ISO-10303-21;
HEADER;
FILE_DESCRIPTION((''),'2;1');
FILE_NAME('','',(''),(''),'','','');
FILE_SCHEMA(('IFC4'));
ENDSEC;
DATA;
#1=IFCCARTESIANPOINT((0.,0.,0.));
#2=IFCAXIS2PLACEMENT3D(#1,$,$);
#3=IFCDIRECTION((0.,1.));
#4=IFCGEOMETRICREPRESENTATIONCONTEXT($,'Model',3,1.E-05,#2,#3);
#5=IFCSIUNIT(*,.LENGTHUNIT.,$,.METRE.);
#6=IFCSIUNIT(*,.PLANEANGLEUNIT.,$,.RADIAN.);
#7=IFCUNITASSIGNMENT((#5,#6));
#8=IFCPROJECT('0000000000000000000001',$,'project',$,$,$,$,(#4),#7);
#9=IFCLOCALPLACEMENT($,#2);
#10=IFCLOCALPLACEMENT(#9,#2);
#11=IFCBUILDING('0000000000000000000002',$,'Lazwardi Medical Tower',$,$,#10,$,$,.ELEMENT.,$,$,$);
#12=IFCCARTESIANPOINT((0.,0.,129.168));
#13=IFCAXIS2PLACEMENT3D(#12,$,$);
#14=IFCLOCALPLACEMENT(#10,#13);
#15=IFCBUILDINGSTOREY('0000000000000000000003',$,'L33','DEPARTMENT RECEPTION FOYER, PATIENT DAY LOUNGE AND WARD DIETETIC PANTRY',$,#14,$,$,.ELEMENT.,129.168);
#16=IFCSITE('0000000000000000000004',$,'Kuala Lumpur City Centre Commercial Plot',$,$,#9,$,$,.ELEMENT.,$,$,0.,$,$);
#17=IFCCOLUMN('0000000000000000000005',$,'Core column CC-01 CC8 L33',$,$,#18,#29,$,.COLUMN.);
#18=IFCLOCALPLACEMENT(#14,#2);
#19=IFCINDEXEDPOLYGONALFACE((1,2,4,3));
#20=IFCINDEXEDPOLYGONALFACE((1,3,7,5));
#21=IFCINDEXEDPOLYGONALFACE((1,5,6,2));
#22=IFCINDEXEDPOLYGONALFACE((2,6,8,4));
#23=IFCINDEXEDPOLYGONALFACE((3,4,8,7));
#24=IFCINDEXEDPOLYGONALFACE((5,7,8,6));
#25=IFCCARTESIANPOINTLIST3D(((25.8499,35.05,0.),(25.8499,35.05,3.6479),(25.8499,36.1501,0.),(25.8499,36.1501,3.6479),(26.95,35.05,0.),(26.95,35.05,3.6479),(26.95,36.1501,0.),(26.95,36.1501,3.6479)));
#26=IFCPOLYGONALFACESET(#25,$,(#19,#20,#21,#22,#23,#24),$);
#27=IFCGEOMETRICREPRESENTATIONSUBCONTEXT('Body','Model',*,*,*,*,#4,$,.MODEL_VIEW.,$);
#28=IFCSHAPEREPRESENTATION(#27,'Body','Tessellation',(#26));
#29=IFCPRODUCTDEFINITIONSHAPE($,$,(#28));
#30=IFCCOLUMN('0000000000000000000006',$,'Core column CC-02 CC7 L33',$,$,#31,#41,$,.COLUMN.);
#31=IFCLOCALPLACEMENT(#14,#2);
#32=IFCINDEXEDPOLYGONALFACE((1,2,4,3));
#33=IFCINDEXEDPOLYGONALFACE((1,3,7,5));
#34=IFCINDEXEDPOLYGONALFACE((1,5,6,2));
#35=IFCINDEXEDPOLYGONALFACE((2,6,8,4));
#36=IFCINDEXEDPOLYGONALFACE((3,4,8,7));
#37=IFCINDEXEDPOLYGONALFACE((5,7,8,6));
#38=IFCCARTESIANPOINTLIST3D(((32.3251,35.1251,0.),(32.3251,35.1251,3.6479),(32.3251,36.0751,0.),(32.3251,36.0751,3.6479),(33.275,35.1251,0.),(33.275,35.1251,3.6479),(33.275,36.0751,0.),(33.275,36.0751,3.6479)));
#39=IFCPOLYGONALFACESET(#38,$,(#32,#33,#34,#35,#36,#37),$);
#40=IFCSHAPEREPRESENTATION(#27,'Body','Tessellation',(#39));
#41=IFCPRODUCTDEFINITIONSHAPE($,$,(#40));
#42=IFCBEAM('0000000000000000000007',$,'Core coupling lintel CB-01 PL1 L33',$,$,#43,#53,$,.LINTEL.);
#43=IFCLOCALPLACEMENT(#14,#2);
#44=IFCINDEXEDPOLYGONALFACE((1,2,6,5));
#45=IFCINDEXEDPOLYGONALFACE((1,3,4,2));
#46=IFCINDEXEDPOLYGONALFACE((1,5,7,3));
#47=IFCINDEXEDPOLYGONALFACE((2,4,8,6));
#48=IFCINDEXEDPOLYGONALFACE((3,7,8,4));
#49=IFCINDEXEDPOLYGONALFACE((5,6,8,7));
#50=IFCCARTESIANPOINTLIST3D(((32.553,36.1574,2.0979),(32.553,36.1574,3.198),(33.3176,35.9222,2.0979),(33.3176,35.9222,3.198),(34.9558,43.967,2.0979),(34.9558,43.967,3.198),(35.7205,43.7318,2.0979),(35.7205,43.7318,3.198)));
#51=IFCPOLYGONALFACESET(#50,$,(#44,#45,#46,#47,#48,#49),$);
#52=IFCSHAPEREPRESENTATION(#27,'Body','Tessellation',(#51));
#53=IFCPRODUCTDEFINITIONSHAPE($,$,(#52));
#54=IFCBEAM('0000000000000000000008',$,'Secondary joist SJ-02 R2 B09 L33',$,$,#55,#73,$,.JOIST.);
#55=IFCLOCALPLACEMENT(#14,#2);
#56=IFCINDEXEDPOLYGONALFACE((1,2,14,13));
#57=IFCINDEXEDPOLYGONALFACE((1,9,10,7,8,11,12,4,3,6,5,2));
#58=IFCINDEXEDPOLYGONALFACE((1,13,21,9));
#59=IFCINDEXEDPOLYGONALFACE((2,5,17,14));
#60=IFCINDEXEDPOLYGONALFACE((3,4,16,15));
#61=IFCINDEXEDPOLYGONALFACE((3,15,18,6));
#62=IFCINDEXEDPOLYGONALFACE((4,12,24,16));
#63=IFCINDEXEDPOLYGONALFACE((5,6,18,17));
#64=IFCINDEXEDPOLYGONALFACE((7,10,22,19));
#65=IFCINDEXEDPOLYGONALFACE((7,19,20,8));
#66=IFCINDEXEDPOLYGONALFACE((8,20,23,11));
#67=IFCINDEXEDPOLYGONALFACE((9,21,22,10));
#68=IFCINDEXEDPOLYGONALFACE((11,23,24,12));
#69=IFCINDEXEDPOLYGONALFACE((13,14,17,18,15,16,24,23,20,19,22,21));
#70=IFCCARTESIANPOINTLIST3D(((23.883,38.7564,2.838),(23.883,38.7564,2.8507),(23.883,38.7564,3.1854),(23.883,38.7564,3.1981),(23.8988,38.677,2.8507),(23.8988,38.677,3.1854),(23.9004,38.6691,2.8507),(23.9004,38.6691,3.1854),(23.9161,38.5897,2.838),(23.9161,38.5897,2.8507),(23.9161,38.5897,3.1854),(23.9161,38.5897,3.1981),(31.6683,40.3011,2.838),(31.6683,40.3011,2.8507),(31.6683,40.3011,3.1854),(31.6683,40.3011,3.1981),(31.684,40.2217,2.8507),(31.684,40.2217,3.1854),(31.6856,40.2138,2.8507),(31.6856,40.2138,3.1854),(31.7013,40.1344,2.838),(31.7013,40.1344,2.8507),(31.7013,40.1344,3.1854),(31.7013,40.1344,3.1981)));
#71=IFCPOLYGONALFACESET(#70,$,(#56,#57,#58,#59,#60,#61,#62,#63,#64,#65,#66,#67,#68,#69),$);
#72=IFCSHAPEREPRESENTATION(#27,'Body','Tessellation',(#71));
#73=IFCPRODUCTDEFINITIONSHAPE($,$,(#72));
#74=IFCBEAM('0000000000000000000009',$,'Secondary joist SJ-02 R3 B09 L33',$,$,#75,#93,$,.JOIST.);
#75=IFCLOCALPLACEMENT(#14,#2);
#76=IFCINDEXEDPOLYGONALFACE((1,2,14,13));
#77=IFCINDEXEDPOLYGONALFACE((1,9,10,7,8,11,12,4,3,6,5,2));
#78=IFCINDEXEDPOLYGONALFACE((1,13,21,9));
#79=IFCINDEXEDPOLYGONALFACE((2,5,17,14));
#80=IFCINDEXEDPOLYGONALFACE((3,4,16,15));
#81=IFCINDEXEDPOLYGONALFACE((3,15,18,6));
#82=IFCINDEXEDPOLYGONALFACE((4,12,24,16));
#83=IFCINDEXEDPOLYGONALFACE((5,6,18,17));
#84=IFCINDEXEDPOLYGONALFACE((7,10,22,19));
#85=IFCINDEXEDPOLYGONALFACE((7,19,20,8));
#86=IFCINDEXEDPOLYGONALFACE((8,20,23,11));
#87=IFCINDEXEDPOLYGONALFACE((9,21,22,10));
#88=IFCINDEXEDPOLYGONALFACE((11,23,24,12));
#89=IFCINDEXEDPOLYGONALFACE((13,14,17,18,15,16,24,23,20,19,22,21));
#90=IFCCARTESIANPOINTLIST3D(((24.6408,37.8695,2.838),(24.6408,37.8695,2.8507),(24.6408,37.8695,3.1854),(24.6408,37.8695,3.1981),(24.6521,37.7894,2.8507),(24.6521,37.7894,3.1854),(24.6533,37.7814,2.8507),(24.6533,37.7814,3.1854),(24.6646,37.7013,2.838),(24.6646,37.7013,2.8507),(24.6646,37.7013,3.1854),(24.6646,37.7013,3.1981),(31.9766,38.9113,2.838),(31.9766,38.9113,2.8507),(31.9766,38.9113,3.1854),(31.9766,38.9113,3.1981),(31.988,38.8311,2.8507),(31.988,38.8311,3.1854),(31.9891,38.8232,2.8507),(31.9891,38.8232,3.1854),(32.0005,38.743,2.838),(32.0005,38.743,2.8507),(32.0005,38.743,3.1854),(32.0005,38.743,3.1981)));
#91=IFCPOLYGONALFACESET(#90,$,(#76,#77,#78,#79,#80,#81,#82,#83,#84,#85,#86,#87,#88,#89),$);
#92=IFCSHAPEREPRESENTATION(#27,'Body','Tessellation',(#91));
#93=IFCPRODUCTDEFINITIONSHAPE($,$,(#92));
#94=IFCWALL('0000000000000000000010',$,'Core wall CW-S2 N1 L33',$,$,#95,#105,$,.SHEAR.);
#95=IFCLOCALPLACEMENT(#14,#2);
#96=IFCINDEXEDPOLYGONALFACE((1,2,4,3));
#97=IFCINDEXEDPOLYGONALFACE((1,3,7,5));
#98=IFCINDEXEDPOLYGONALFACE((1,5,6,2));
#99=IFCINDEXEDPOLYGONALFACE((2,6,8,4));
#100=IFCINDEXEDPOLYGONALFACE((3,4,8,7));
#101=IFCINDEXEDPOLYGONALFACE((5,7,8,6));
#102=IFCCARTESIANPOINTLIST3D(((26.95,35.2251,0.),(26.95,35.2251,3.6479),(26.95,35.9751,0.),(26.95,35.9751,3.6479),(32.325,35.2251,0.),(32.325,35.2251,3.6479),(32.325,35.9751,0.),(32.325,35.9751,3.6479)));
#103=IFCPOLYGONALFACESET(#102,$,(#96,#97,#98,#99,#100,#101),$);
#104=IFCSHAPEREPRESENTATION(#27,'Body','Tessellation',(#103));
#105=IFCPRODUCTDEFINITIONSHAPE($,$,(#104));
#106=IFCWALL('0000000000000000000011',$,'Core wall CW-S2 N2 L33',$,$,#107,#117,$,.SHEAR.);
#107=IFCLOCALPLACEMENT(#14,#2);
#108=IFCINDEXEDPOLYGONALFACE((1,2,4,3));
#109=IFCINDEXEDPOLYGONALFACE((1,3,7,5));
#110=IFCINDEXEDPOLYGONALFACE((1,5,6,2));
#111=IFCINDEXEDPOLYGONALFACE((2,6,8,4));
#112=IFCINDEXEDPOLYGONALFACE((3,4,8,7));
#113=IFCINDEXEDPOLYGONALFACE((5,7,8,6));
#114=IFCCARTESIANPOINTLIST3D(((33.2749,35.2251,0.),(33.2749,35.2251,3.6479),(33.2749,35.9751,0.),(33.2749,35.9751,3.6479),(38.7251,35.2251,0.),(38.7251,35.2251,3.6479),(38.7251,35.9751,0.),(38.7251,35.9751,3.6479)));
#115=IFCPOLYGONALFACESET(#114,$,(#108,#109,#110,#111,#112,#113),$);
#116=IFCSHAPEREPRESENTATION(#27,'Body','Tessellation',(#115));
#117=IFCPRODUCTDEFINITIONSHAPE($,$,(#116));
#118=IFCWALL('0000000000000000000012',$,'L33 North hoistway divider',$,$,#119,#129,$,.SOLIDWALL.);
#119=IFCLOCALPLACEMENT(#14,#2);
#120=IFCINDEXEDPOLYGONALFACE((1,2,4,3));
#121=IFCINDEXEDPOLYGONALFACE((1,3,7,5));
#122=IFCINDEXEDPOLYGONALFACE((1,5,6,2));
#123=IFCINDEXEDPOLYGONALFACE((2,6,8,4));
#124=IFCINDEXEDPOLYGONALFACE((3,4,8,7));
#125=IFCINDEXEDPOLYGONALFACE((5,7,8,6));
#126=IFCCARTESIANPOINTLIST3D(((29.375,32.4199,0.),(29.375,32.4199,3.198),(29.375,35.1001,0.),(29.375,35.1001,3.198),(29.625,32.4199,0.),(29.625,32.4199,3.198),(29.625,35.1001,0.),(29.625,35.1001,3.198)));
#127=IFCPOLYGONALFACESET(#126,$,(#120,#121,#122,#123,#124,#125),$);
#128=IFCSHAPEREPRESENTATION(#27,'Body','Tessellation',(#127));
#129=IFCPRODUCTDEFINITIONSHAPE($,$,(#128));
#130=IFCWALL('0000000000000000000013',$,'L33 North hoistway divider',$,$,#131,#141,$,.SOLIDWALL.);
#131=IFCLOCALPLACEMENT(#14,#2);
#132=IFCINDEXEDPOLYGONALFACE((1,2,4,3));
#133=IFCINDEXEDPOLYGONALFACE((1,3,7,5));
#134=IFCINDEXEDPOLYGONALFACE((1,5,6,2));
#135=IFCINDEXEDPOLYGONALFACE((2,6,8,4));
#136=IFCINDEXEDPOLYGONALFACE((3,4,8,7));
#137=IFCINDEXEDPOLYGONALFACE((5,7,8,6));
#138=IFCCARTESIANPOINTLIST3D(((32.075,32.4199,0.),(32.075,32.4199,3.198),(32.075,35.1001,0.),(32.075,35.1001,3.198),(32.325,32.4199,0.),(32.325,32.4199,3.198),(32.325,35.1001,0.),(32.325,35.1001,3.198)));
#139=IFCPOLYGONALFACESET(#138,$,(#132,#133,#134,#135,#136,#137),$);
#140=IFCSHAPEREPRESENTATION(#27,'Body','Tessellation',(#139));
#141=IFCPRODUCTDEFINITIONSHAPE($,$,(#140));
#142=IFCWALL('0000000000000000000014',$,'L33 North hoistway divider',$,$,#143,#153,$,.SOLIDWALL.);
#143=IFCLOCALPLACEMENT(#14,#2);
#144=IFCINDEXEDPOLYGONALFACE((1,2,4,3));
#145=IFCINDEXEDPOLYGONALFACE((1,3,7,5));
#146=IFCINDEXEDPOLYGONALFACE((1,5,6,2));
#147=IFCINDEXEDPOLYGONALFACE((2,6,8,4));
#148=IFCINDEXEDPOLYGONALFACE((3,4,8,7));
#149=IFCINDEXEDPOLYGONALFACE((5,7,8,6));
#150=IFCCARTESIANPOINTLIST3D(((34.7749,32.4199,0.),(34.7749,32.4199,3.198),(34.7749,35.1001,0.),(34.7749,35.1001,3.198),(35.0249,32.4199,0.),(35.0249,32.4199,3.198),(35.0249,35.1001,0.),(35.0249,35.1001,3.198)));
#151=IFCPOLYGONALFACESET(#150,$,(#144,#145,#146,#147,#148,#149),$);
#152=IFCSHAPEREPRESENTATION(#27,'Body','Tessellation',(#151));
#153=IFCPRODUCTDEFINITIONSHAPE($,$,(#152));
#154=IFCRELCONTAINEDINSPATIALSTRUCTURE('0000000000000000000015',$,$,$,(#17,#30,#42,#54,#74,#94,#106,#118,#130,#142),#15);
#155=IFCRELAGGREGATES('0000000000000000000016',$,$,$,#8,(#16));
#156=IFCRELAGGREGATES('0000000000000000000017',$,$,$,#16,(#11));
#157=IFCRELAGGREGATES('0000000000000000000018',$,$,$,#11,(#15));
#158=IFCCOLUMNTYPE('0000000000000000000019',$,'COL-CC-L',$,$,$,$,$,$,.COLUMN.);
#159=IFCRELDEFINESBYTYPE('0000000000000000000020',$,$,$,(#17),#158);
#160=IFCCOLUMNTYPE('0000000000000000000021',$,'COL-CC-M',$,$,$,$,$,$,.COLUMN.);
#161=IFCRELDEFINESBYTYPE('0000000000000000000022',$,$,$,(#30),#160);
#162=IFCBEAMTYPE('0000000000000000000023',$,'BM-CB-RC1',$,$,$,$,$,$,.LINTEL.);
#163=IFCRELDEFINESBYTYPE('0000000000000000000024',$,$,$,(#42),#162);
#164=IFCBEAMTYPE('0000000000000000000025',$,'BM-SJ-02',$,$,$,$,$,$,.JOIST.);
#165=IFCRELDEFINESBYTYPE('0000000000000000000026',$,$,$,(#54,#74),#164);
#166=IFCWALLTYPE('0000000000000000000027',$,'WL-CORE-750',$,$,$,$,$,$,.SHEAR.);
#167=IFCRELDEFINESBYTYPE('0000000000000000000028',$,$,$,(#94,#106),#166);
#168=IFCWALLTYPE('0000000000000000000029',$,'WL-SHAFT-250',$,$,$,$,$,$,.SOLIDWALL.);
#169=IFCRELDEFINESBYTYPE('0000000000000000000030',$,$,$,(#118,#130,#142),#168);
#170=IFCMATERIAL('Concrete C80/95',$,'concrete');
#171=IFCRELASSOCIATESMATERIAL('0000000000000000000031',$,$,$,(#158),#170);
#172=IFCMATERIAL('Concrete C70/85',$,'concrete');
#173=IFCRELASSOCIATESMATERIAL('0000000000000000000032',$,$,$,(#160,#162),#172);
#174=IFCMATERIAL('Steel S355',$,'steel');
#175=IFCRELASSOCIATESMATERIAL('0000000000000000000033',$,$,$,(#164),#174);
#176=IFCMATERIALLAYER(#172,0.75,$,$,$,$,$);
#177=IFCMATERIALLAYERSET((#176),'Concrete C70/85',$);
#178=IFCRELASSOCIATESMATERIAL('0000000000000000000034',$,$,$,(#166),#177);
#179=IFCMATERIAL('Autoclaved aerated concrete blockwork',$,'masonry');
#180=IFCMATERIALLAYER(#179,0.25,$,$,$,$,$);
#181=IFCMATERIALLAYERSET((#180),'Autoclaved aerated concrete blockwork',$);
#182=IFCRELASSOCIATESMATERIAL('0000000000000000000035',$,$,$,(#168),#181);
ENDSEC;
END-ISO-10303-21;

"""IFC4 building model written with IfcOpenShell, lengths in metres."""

from ifc_helpers import new_model, si_unit, direction, frame, frame_2d, origin, origin_2d, place, context, subcontext, project, spatial, rectangle, i_section, extrude, material, layer, layer_set, material_profile, profile_set, type_object, element, save


model = new_model("IFC4")

# Units and contexts
model_context = context("Model", 3, precision=1e-05, world=origin(), true_north=direction((0.0, 1.0)))
body_context = subcontext(model_context, "Body", "Model", "MODEL_VIEW")
ifc_project = project(units=[si_unit("LENGTHUNIT", "METRE"), si_unit("PLANEANGLEUNIT", "RADIAN")], contexts=[model_context])

# Site, building, storey
site_placement = place(None, origin())
site = spatial("IfcSite", under=ifc_project, at=site_placement, Name="Kuala Lumpur City Centre Commercial Plot", CompositionType="ELEMENT", RefElevation=0.0)
building_placement = place(site_placement, origin())
building = spatial("IfcBuilding", under=site, at=building_placement, Name="Lazwardi Medical Tower", CompositionType="ELEMENT")
storey_placement = place(building_placement, frame((0.0, 0.0, 129.168)))
storey = spatial("IfcBuildingStorey", under=building, at=storey_placement, Name="L33", Description="DEPARTMENT RECEPTION FOYER, PATIENT DAY LOUNGE AND WARD DIETETIC PANTRY", CompositionType="ELEMENT", Elevation=129.168)

# Columns
ifc_material_1 = material(Name="Concrete C80/95", Category="concrete")
ifc_material_profile_1 = material_profile(ifc_material_1, rectangle(XDim=1.1001, YDim=1.1001, at=origin_2d()), Name="RC 1100x1100")
ifc_profile_set_1 = profile_set([ifc_material_profile_1], Name="Concrete C80/95")
column_type_1 = type_object("IfcColumnType", Name="COL-CC-L", PredefinedType="COLUMN", material=ifc_profile_set_1)
column_1_placement = place(storey_placement, frame((26.3999, 35.6001, 0.0), z_axis=(0.0, 0.0, 1.0), x_axis=(1.0, 0.0, 0.0)))
element("IfcColumn", 1, at=column_1_placement, inside=storey, type_object=column_type_1, Name="Core column CC-01 CC8 L33", PredefinedType="COLUMN", context=body_context, shape_type="SweptSolid", body=[
    extrude(rectangle(XDim=1.1001, YDim=1.1001, at=origin_2d()), origin(), (0.0, 0.0, 1.0), 3.6479),
])
ifc_material_2 = material(Name="Concrete C70/85", Category="concrete")
ifc_material_profile_2 = material_profile(ifc_material_2, rectangle(XDim=0.95, YDim=0.95, at=origin_2d()), Name="RC 950x950")
ifc_profile_set_2 = profile_set([ifc_material_profile_2], Name="Concrete C70/85")
column_type_2 = type_object("IfcColumnType", Name="COL-CC-M", PredefinedType="COLUMN", material=ifc_profile_set_2)
column_2_placement = place(storey_placement, frame((32.8, 35.6001, 0.0), z_axis=(0.0, 0.0, 1.0), x_axis=(1.0, 0.0, 0.0)))
element("IfcColumn", 2, at=column_2_placement, inside=storey, type_object=column_type_2, Name="Core column CC-02 CC7 L33", PredefinedType="COLUMN", context=body_context, shape_type="SweptSolid", body=[
    extrude(rectangle(XDim=0.95, YDim=0.95, at=origin_2d()), origin(), (0.0, 0.0, 1.0), 3.6479),
])

# Beams
ifc_material_profile_3 = material_profile(ifc_material_2, rectangle(XDim=0.8, YDim=1.1001, at=origin_2d()), Name="RC 800x1100")
ifc_profile_set_3 = profile_set([ifc_material_profile_3], Name="Concrete C70/85")
beam_type_1 = type_object("IfcBeamType", Name="BM-CB-RC1", PredefinedType="LINTEL", material=ifc_profile_set_3)
beam_1_placement = place(storey_placement, frame((32.9353, 36.0398, 2.6479), z_axis=(0.294073, 0.955783, 0.0), x_axis=(-0.955783, 0.294073, 0.0)))
element("IfcBeam", 3, at=beam_1_placement, inside=storey, type_object=beam_type_1, Name="Core coupling lintel CB-01 PL1 L33", PredefinedType="LINTEL", context=body_context, shape_type="SweptSolid", body=[
    extrude(rectangle(XDim=0.8, YDim=1.1001, at=origin_2d()), origin(), (0.0, 0.0, 1.0), 8.1709),
])
ifc_material_3 = material(Name="Steel S355", Category="steel")
ifc_material_profile_4 = material_profile(ifc_material_3, i_section(OverallWidth=0.1699, OverallDepth=0.3601, WebThickness=0.0081, FlangeThickness=0.0127, at=origin_2d()), Name="IPE 360")
ifc_profile_set_4 = profile_set([ifc_material_profile_4], Name="Steel S355")
beam_type_2 = type_object("IfcBeamType", Name="BM-SJ-02", PredefinedType="JOIST", material=ifc_profile_set_4)
beam_2_placement = place(storey_placement, frame((31.6848, 40.2178, 3.0181), z_axis=(-0.980879, -0.194619, 0.0), x_axis=(0.194619, -0.980879, 0.0)))
element("IfcBeam", 4, at=beam_2_placement, inside=storey, type_object=beam_type_2, Name="Secondary joist SJ-02 R2 B09 L33", PredefinedType="JOIST", context=body_context, shape_type="SweptSolid", body=[
    extrude(i_section(OverallWidth=0.1699, OverallDepth=0.3601, WebThickness=0.0081, FlangeThickness=0.0127, at=origin_2d()), origin(), (0.0, 0.0, 1.0), 7.937),
])
beam_3_placement = place(storey_placement, frame((31.9885, 38.8271, 3.0181), z_axis=(-0.990067, -0.140596, 0.0), x_axis=(0.140596, -0.990067, 0.0)))
element("IfcBeam", 5, at=beam_3_placement, inside=storey, type_object=beam_type_2, Name="Secondary joist SJ-02 R3 B09 L33", PredefinedType="JOIST", context=body_context, shape_type="SweptSolid", body=[
    extrude(i_section(OverallWidth=0.1699, OverallDepth=0.3601, WebThickness=0.0081, FlangeThickness=0.0127, at=origin_2d()), origin(), (0.0, 0.0, 1.0), 7.4094),
])

# Walls
ifc_layer_1 = layer(ifc_material_2, 0.75)
ifc_layer_set_1 = layer_set([ifc_layer_1], Name="Concrete C70/85")
wall_type_1 = type_object("IfcWallType", Name="WL-CORE-750", PredefinedType="SHEAR", material=ifc_layer_set_1)
wall_1_placement = place(storey_placement, frame((26.95, 35.6001, 0.0), z_axis=(0.0, 0.0, 1.0), x_axis=(1.0, 0.0, 0.0)))
element("IfcWall", 6, at=wall_1_placement, inside=storey, type_object=wall_type_1, Name="Core wall CW-S2 N1 L33", PredefinedType="SHEAR", context=body_context, shape_type="SweptSolid", body=[
    extrude(rectangle(XDim=5.375, YDim=0.75, at=frame_2d((2.6875, 0.0))), origin(), (0.0, 0.0, 1.0), 3.6479),
])
wall_2_placement = place(storey_placement, frame((33.2749, 35.6001, 0.0), z_axis=(0.0, 0.0, 1.0), x_axis=(1.0, 0.0, 0.0)))
element("IfcWall", 7, at=wall_2_placement, inside=storey, type_object=wall_type_1, Name="Core wall CW-S2 N2 L33", PredefinedType="SHEAR", context=body_context, shape_type="SweptSolid", body=[
    extrude(rectangle(XDim=5.4502, YDim=0.75, at=frame_2d((2.7251, 0.0))), origin(), (0.0, 0.0, 1.0), 3.6479),
])
ifc_material_4 = material(Name="Autoclaved aerated concrete blockwork", Category="masonry")
ifc_layer_2 = layer(ifc_material_4, 0.25)
ifc_layer_set_2 = layer_set([ifc_layer_2], Name="Autoclaved aerated concrete blockwork")
wall_type_2 = type_object("IfcWallType", Name="WL-SHAFT-250", PredefinedType="SOLIDWALL", material=ifc_layer_set_2)
for number, where, z_axis, x_axis, name in (
    (8, (29.5, 32.4199, 0.0), (0.0, 0.0, 1.0), (0.0, 1.0, 0.0), "L33 North hoistway divider"),
    (9, (32.2, 32.4199, 0.0), (0.0, 0.0, 1.0), (0.0, 1.0, 0.0), "L33 North hoistway divider"),
    (10, (34.8999, 32.4199, 0.0), (0.0, 0.0, 1.0), (0.0, 1.0, 0.0), "L33 North hoistway divider"),
):
    element("IfcWall", number, at=place(storey_placement, frame(where, z_axis=z_axis, x_axis=x_axis)), inside=storey, type_object=wall_type_2, Name=name, PredefinedType="SOLIDWALL", context=body_context, shape_type="SweptSolid", body=[
        extrude(rectangle(XDim=2.6802, YDim=0.25, at=frame_2d((1.3401, 0.0))), origin(), (0.0, 0.0, 1.0), 3.198),
    ])

save(model, "model.ifc")
